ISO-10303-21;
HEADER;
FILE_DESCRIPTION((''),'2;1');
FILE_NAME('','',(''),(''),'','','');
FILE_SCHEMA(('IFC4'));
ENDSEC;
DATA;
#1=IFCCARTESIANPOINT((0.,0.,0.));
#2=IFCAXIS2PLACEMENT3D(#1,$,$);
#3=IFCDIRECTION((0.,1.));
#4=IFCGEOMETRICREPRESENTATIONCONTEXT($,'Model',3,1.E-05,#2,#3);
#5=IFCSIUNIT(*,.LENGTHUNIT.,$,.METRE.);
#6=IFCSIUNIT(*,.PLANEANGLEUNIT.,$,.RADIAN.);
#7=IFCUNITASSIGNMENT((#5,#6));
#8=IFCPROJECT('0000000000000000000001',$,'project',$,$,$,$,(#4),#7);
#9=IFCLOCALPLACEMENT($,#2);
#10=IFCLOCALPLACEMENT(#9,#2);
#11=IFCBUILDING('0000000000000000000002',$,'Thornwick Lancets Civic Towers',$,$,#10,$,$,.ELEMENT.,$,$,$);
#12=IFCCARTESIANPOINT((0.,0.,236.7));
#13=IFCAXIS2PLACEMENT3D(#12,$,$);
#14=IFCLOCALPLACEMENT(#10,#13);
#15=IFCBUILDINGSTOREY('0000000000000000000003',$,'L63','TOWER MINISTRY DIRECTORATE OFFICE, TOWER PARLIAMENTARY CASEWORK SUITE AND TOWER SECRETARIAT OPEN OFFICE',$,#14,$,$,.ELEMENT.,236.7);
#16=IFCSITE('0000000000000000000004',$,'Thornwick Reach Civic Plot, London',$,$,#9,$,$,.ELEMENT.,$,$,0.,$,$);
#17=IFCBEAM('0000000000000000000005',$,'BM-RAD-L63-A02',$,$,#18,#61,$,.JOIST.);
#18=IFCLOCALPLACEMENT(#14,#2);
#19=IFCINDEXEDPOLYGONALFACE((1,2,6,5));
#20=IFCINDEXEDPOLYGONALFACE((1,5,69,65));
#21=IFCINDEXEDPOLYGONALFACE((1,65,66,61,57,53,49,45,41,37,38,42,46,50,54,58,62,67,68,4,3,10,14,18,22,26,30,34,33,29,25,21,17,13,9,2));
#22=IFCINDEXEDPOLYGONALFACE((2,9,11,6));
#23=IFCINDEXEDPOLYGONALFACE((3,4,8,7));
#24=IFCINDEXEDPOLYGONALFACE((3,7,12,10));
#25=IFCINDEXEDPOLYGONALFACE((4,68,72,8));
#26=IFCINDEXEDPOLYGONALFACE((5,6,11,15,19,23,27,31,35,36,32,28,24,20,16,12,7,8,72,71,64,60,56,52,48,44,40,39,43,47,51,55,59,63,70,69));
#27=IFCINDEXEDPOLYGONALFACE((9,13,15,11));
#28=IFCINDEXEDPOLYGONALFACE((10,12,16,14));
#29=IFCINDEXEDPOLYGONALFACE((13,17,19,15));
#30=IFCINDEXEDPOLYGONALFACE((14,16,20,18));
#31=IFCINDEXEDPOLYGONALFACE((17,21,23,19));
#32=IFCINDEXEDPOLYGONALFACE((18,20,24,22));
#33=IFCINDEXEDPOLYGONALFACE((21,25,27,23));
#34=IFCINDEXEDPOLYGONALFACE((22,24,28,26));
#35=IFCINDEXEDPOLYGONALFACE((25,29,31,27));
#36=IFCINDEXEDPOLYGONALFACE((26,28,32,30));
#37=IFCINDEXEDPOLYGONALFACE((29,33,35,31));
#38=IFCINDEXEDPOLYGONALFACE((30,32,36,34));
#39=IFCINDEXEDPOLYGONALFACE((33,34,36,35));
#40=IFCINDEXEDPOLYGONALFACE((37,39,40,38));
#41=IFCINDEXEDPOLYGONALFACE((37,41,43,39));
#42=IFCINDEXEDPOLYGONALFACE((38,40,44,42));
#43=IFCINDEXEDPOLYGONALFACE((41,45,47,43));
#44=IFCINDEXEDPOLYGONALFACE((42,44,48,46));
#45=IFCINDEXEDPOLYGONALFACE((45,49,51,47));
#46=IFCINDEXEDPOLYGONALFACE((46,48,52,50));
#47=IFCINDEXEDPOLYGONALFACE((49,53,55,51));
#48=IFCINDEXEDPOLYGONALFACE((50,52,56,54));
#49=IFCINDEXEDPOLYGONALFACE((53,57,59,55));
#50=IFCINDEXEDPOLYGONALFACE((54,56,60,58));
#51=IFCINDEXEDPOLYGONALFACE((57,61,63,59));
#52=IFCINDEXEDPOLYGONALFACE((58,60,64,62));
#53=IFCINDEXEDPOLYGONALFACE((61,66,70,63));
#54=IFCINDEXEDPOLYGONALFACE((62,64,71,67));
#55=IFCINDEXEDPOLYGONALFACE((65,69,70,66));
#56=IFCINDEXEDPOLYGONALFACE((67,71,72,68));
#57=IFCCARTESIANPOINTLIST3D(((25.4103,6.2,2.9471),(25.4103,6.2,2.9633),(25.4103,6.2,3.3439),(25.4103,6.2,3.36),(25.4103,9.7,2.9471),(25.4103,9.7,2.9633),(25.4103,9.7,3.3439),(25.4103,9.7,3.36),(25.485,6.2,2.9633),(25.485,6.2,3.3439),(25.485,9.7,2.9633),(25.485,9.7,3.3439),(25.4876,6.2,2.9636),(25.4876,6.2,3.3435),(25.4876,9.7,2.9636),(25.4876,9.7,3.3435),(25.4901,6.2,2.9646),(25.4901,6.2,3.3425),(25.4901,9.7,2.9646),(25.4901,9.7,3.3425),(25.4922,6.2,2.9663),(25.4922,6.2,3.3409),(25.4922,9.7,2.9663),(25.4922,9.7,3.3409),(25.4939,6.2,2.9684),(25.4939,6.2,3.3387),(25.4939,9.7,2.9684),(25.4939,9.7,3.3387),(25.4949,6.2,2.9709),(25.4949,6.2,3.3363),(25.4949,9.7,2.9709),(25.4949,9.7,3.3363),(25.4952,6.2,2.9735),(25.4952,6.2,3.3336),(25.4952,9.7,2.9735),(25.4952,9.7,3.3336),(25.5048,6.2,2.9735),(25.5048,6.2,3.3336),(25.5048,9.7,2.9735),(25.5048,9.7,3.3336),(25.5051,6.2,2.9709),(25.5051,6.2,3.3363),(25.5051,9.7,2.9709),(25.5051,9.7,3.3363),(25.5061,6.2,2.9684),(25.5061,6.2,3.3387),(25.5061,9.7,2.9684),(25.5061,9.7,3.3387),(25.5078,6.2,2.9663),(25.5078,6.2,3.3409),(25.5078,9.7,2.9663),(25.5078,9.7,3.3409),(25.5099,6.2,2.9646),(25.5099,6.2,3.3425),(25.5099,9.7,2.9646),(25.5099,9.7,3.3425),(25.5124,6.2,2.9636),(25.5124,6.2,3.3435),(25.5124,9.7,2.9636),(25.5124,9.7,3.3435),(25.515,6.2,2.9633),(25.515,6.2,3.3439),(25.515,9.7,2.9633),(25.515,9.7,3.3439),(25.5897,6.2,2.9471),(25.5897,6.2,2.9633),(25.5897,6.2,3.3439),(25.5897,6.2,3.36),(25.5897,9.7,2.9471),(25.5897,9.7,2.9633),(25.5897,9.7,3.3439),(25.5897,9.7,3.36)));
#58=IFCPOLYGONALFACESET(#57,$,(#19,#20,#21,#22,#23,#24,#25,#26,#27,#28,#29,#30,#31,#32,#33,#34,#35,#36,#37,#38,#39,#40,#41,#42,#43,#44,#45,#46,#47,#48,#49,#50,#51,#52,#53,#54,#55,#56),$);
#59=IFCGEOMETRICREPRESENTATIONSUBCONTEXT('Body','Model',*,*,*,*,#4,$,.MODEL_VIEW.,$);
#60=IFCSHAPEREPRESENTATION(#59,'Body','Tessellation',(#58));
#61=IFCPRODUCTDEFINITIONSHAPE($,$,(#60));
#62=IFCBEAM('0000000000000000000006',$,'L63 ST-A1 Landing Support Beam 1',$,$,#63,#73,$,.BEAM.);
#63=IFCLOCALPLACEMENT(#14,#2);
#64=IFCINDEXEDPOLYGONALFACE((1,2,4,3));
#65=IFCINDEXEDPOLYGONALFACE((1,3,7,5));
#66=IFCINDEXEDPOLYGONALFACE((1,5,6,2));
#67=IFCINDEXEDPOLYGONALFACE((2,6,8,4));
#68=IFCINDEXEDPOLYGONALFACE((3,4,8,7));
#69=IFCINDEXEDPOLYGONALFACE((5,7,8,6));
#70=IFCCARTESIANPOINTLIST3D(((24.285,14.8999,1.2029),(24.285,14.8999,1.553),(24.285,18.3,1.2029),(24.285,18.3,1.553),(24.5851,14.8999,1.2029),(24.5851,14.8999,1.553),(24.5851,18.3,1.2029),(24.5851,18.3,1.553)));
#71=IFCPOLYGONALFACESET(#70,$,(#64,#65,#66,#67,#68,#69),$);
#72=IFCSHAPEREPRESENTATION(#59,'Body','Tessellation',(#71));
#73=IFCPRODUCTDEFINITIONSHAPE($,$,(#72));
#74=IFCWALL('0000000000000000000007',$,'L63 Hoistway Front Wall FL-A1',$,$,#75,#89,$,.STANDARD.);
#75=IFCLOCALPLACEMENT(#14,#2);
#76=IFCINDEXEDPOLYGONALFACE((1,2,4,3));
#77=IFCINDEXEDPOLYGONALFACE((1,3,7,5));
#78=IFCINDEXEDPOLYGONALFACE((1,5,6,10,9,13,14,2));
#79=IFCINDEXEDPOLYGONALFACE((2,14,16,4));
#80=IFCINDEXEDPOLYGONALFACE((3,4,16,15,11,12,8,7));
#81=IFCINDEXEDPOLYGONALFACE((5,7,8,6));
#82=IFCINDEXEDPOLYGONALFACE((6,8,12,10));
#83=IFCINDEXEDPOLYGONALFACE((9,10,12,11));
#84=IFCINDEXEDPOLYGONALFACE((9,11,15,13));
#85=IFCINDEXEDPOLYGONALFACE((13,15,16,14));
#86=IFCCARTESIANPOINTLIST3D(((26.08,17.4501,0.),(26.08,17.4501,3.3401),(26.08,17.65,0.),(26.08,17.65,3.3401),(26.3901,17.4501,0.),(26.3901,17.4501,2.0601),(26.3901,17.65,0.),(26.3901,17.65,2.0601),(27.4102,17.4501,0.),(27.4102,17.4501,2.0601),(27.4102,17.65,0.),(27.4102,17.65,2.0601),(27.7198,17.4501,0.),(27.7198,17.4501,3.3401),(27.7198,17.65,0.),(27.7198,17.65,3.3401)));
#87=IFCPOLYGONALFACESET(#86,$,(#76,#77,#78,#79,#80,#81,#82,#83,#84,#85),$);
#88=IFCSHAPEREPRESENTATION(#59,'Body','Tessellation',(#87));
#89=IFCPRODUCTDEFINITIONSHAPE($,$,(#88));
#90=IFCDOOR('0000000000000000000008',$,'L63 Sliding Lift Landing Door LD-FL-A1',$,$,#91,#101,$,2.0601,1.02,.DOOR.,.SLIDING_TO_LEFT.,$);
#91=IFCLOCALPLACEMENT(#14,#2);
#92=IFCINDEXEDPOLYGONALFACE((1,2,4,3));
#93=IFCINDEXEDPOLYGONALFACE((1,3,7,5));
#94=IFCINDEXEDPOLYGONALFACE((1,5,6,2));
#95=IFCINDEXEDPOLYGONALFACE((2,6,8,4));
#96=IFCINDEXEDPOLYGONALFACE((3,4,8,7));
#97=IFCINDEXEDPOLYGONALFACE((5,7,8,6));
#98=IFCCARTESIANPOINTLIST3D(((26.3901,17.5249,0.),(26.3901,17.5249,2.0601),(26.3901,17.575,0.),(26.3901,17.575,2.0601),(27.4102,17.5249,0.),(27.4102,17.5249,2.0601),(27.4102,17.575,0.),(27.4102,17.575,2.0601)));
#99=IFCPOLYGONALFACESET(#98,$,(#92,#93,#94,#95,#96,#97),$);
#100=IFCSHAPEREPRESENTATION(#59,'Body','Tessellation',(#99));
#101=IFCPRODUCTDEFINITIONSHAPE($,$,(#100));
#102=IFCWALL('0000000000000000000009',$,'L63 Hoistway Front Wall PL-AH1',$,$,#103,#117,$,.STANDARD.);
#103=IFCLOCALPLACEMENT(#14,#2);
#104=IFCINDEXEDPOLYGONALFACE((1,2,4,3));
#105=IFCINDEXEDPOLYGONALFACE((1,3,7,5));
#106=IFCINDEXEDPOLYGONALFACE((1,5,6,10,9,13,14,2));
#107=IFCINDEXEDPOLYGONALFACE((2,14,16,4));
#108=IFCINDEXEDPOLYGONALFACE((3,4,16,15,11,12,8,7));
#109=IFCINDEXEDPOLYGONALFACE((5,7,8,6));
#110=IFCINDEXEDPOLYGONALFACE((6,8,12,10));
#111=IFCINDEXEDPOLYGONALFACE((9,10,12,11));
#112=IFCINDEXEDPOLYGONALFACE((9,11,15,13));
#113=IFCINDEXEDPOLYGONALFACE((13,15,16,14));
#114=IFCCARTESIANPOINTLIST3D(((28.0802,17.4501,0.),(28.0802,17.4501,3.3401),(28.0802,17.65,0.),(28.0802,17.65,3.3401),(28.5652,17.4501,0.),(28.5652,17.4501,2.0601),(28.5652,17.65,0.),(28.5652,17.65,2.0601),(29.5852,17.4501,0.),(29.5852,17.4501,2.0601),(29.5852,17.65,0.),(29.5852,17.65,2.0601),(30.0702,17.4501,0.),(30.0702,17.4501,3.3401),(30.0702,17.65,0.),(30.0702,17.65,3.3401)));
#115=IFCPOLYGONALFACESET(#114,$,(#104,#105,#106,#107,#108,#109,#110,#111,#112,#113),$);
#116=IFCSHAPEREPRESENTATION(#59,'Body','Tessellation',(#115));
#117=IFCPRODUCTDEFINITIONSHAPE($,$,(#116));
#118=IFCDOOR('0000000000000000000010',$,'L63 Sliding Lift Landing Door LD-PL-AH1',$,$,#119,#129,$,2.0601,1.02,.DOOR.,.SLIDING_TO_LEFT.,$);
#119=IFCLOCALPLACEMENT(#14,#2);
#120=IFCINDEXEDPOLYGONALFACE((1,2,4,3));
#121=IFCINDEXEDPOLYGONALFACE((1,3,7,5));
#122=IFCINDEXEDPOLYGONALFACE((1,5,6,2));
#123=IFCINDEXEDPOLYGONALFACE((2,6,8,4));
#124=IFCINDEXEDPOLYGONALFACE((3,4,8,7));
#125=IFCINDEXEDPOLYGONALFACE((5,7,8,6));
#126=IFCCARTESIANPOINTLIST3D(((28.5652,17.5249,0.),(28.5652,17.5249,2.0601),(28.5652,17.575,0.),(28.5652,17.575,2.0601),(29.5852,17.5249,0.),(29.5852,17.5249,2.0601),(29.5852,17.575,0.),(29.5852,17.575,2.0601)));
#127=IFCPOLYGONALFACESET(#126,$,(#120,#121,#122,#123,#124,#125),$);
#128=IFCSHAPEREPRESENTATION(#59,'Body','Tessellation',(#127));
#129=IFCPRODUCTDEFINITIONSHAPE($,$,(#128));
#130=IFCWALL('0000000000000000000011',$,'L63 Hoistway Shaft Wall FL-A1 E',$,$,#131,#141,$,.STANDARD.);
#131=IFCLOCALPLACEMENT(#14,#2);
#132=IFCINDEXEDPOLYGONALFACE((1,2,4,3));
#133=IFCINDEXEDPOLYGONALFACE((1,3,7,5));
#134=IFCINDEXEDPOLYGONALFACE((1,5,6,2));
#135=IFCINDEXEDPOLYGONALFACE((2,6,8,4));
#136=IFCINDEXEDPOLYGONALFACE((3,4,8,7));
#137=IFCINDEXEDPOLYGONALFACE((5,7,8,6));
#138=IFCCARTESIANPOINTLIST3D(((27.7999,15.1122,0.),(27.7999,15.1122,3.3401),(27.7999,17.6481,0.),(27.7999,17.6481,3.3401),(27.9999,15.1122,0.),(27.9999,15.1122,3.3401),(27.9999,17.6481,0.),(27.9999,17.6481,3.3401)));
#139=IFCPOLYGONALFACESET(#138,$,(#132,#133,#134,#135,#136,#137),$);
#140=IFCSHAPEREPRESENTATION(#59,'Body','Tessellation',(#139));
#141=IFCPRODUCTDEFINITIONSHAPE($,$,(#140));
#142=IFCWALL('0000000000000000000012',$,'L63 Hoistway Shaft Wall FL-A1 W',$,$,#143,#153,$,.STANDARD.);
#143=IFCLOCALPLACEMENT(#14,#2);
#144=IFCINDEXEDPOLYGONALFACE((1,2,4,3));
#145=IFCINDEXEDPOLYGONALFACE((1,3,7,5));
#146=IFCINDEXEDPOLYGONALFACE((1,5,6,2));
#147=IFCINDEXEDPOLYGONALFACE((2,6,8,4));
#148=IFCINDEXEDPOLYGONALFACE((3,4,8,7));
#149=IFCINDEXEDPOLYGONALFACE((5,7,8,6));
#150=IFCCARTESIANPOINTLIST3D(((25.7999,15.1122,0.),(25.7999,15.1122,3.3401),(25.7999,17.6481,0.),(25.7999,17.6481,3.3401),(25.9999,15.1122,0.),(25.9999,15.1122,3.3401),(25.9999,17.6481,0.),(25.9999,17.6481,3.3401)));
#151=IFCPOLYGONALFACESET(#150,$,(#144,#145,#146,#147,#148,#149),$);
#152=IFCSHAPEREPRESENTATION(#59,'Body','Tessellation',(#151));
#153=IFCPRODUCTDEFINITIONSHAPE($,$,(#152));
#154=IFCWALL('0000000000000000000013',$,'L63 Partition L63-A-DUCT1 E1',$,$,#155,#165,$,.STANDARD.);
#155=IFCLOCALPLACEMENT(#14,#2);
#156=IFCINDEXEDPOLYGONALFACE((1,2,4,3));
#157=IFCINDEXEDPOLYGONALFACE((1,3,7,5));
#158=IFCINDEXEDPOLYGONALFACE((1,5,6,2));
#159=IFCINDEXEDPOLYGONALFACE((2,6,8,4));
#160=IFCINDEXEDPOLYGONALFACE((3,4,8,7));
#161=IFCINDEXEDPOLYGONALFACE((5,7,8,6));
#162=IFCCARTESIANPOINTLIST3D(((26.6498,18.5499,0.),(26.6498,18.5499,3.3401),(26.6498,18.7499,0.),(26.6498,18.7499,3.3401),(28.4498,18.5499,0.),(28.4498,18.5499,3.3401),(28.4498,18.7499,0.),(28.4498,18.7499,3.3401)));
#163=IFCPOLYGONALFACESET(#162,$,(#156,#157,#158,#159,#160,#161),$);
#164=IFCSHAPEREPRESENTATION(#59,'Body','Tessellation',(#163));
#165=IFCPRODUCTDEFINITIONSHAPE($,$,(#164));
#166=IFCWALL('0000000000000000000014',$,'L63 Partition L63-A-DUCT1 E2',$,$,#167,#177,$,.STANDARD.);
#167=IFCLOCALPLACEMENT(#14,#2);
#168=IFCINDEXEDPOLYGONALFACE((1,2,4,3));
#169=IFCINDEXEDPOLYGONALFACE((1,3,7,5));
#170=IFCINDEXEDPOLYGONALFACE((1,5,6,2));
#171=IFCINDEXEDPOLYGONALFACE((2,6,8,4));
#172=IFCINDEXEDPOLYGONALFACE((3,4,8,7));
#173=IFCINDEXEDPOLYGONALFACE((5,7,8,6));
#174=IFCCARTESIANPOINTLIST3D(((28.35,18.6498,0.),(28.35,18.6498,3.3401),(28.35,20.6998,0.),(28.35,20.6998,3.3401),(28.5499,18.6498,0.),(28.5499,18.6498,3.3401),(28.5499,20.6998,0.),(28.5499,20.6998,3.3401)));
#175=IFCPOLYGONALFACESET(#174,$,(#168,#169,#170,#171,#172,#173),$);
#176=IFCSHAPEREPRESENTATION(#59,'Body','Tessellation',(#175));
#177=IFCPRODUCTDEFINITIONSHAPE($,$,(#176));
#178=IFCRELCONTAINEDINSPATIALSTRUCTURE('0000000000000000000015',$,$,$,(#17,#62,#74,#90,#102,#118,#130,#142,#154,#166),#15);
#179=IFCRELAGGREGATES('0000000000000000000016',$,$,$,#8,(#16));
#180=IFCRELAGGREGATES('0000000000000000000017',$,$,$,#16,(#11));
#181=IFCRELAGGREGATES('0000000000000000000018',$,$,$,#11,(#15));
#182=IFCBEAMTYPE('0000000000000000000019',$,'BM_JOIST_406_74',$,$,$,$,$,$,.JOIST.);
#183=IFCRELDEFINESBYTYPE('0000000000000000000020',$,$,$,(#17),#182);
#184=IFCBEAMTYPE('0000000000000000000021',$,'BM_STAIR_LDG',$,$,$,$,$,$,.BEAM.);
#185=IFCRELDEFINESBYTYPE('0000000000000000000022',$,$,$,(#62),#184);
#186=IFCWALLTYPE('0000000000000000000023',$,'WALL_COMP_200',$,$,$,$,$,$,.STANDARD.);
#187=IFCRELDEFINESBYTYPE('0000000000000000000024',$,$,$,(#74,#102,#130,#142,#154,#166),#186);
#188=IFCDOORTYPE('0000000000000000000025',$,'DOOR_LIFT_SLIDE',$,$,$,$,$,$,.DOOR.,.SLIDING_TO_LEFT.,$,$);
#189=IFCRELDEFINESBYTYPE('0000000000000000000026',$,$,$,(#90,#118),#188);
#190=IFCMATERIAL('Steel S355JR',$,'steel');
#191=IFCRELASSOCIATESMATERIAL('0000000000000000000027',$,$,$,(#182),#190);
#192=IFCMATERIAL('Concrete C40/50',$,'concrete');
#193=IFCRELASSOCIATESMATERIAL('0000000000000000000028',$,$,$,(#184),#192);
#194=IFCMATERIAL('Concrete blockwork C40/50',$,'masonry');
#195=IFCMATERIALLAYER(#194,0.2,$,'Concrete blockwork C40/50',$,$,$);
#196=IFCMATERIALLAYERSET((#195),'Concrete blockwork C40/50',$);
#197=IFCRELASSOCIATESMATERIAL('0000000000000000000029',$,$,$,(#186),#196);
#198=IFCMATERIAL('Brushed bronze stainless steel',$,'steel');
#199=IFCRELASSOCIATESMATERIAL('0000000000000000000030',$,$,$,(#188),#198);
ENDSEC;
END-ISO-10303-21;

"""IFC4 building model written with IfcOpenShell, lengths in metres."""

from ifc_helpers import new_model, si_unit, direction, frame, frame_2d, origin, origin_2d, place, context, subcontext, project, spatial, rectangle, i_section, extrude, material, layer, layer_set, material_profile, profile_set, type_object, element, fill, save


model = new_model("IFC4")

# Units and contexts
model_context = context("Model", 3, precision=1e-05, world=origin(), true_north=direction((0.0, 1.0)))
body_context = subcontext(model_context, "Body", "Model", "MODEL_VIEW")
ifc_project = project(units=[si_unit("LENGTHUNIT", "METRE"), si_unit("PLANEANGLEUNIT", "RADIAN")], contexts=[model_context])

# Site, building, storey
site_placement = place(None, origin())
site = spatial("IfcSite", under=ifc_project, at=site_placement, Name="Thornwick Reach Civic Plot, London", CompositionType="ELEMENT", RefElevation=0.0)
building_placement = place(site_placement, origin())
building = spatial("IfcBuilding", under=site, at=building_placement, Name="Thornwick Lancets Civic Towers", CompositionType="ELEMENT")
storey_placement = place(building_placement, frame((0.0, 0.0, 236.7)))
storey = spatial("IfcBuildingStorey", under=building, at=storey_placement, Name="L63", Description="TOWER MINISTRY DIRECTORATE OFFICE, TOWER PARLIAMENTARY CASEWORK SUITE AND TOWER SECRETARIAT OPEN OFFICE", CompositionType="ELEMENT", Elevation=236.7)

# Shared definitions
ifc_material_1 = material(Name="Steel S355JR", Category="steel")

# Beams
ifc_material_profile_1 = material_profile(ifc_material_1, i_section(OverallWidth=0.1794, OverallDepth=0.4128, WebThickness=0.0095, FlangeThickness=0.0161, FilletRadius=0.0103, at=origin_2d()), Name="UKB 406x178x74")
ifc_profile_set_1 = profile_set([ifc_material_profile_1], Name="Steel S355JR")
beam_type_1 = type_object("IfcBeamType", Name="BM_JOIST_406_74", PredefinedType="JOIST", material=ifc_profile_set_1)
beam_1_placement = place(storey_placement, frame((25.5, 9.7, 3.1536), z_axis=(0.0, -1.0, 0.0), x_axis=(1.0, 0.0, 0.0)))
element("IfcBeam", 1, at=beam_1_placement, inside=storey, type_object=beam_type_1, Name="BM-RAD-L63-A02", PredefinedType="JOIST", context=body_context, shape_type="SweptSolid", body=[
    extrude(i_section(OverallWidth=0.1794, OverallDepth=0.4128, WebThickness=0.0095, FlangeThickness=0.0161, FilletRadius=0.0103, at=origin_2d()), origin(), (0.0, 0.0, 1.0), 3.5),
])
ifc_material_2 = material(Name="Concrete C40/50", Category="concrete")
ifc_material_profile_2 = material_profile(ifc_material_2, rectangle(XDim=0.3, YDim=0.3501, at=origin_2d()), Name="RC 300x350")
ifc_profile_set_2 = profile_set([ifc_material_profile_2], Name="Concrete C40/50")
beam_type_2 = type_object("IfcBeamType", Name="BM_STAIR_LDG", PredefinedType="BEAM", material=ifc_profile_set_2)
beam_2_placement = place(storey_placement, frame((24.4351, 14.8999, 1.3779), z_axis=(0.0, 1.0, 0.0), x_axis=(-1.0, 0.0, 0.0)))
element("IfcBeam", 2, at=beam_2_placement, inside=storey, type_object=beam_type_2, Name="L63 ST-A1 Landing Support Beam 1", PredefinedType="BEAM", context=body_context, shape_type="SweptSolid", body=[
    extrude(rectangle(XDim=0.3, YDim=0.3501, at=origin_2d()), origin(), (0.0, 0.0, 1.0), 3.4001),
])

# Walls, openings, doors
ifc_material_3 = material(Name="Concrete blockwork C40/50", Category="masonry")
ifc_layer_1 = layer(ifc_material_3, 0.2, Name="Concrete blockwork C40/50")
ifc_layer_set_1 = layer_set([ifc_layer_1], Name="Concrete blockwork C40/50")
wall_type_1 = type_object("IfcWallType", Name="WALL_COMP_200", PredefinedType="STANDARD", material=ifc_layer_set_1)
wall_1_placement = place(storey_placement, frame((26.0801, 17.55, 0.0), z_axis=(0.0, 0.0, 1.0), x_axis=(1.0, 0.0, 0.0)))
wall_1 = element("IfcWall", 3, at=wall_1_placement, inside=storey, type_object=wall_type_1, Name="L63 Hoistway Front Wall FL-A1", PredefinedType="STANDARD", context=body_context, shape_type="SweptSolid", body=[
    extrude(rectangle(XDim=1.6399, YDim=0.2, at=frame_2d((0.8198, 0.0))), origin(), (0.0, 0.0, 1.0), 3.3401),
])
opening_1_placement = place(wall_1_placement, frame((0.3101, 0.0, 0.0)))
opening_1 = element("IfcOpeningElement", 4, at=opening_1_placement, cuts=wall_1, PredefinedType="OPENING", context=body_context, shape_type="SweptSolid", body=[
    extrude(rectangle(XDim=1.02, YDim=2.0601, at=frame_2d((0.51, 1.03))), frame((0.0, 0.1099, 0.0), z_axis=(0.0, -1.0, 0.0), x_axis=(1.0, 0.0, 0.0)), (0.0, 0.0, 1.0), 0.22),
])
ifc_material_4 = material(Name="Brushed bronze stainless steel", Category="steel")
door_type_1 = type_object("IfcDoorType", Name="DOOR_LIFT_SLIDE", OperationType="SLIDING_TO_LEFT", PredefinedType="DOOR", material=ifc_material_4)
door_1_placement = place(opening_1_placement, origin())
door_1 = element("IfcDoor", 5, at=door_1_placement, inside=storey, type_object=door_type_1, Name="L63 Sliding Lift Landing Door LD-FL-A1", OperationType="SLIDING_TO_LEFT", OverallHeight=2.0601, OverallWidth=1.02, PredefinedType="DOOR", context=body_context, shape_type="SweptSolid", body=[
    extrude(rectangle(XDim=1.02, YDim=2.0601, at=frame_2d((0.51, 1.03))), frame((0.0, 0.0249, 0.0), z_axis=(0.0, -1.0, 0.0), x_axis=(1.0, 0.0, 0.0)), (0.0, 0.0, 1.0), 0.05),
])
fill(opening_1, door_1)
wall_2_placement = place(storey_placement, frame((28.0801, 17.55, 0.0), z_axis=(0.0, 0.0, 1.0), x_axis=(1.0, 0.0, 0.0)))
wall_2 = element("IfcWall", 6, at=wall_2_placement, inside=storey, type_object=wall_type_1, Name="L63 Hoistway Front Wall PL-AH1", PredefinedType="STANDARD", context=body_context, shape_type="SweptSolid", body=[
    extrude(rectangle(XDim=1.99, YDim=0.2, at=frame_2d((0.9951, 0.0))), origin(), (0.0, 0.0, 1.0), 3.3401),
])
opening_2_placement = place(wall_2_placement, frame((0.4851, 0.0, 0.0)))
opening_2 = element("IfcOpeningElement", 7, at=opening_2_placement, cuts=wall_2, PredefinedType="OPENING", context=body_context, shape_type="SweptSolid", body=[
    extrude(rectangle(XDim=1.02, YDim=2.0601, at=frame_2d((0.51, 1.03))), frame((0.0, 0.1099, 0.0), z_axis=(0.0, -1.0, 0.0), x_axis=(1.0, 0.0, 0.0)), (0.0, 0.0, 1.0), 0.22),
])
door_2_placement = place(opening_2_placement, origin())
door_2 = element("IfcDoor", 8, at=door_2_placement, inside=storey, type_object=door_type_1, Name="L63 Sliding Lift Landing Door LD-PL-AH1", OperationType="SLIDING_TO_LEFT", OverallHeight=2.0601, OverallWidth=1.02, PredefinedType="DOOR", context=body_context, shape_type="SweptSolid", body=[
    extrude(rectangle(XDim=1.02, YDim=2.0601, at=frame_2d((0.51, 1.03))), frame((0.0, 0.0249, 0.0), z_axis=(0.0, -1.0, 0.0), x_axis=(1.0, 0.0, 0.0)), (0.0, 0.0, 1.0), 0.05),
])
fill(opening_2, door_2)

# Walls
for number, where, z_axis, x_axis, name in (
    (9, (27.8999, 15.1121, 0.0), (0.0, 0.0, 1.0), (0.0, 1.0, 0.0), "L63 Hoistway Shaft Wall FL-A1 E"),
    (10, (25.8999, 15.1121, 0.0), (0.0, 0.0, 1.0), (0.0, 1.0, 0.0), "L63 Hoistway Shaft Wall FL-A1 W"),
):
    element("IfcWall", number, at=place(storey_placement, frame(where, z_axis=z_axis, x_axis=x_axis)), inside=storey, type_object=wall_type_1, Name=name, PredefinedType="STANDARD", context=body_context, shape_type="SweptSolid", body=[
        extrude(rectangle(XDim=2.5359, YDim=0.2, at=frame_2d((1.2681, 0.0))), origin(), (0.0, 0.0, 1.0), 3.3401),
    ])
wall_3_placement = place(storey_placement, frame((26.6499, 18.6499, 0.0), z_axis=(0.0, 0.0, 1.0), x_axis=(1.0, 0.0, 0.0)))
element("IfcWall", 11, at=wall_3_placement, inside=storey, type_object=wall_type_1, Name="L63 Partition L63-A-DUCT1 E1", PredefinedType="STANDARD", context=body_context, shape_type="SweptSolid", body=[
    extrude(rectangle(XDim=1.8, YDim=0.2, at=frame_2d((0.8999, 0.0))), origin(), (0.0, 0.0, 1.0), 3.3401),
])
wall_4_placement = place(storey_placement, frame((28.45, 18.6499, 0.0), z_axis=(0.0, 0.0, 1.0), x_axis=(0.0, 1.0, 0.0)))
element("IfcWall", 12, at=wall_4_placement, inside=storey, type_object=wall_type_1, Name="L63 Partition L63-A-DUCT1 E2", PredefinedType="STANDARD", context=body_context, shape_type="SweptSolid", body=[
    extrude(rectangle(XDim=2.05, YDim=0.2, at=frame_2d((1.0249, 0.0))), origin(), (0.0, 0.0, 1.0), 3.3401),
])

save(model, "model.ifc")
